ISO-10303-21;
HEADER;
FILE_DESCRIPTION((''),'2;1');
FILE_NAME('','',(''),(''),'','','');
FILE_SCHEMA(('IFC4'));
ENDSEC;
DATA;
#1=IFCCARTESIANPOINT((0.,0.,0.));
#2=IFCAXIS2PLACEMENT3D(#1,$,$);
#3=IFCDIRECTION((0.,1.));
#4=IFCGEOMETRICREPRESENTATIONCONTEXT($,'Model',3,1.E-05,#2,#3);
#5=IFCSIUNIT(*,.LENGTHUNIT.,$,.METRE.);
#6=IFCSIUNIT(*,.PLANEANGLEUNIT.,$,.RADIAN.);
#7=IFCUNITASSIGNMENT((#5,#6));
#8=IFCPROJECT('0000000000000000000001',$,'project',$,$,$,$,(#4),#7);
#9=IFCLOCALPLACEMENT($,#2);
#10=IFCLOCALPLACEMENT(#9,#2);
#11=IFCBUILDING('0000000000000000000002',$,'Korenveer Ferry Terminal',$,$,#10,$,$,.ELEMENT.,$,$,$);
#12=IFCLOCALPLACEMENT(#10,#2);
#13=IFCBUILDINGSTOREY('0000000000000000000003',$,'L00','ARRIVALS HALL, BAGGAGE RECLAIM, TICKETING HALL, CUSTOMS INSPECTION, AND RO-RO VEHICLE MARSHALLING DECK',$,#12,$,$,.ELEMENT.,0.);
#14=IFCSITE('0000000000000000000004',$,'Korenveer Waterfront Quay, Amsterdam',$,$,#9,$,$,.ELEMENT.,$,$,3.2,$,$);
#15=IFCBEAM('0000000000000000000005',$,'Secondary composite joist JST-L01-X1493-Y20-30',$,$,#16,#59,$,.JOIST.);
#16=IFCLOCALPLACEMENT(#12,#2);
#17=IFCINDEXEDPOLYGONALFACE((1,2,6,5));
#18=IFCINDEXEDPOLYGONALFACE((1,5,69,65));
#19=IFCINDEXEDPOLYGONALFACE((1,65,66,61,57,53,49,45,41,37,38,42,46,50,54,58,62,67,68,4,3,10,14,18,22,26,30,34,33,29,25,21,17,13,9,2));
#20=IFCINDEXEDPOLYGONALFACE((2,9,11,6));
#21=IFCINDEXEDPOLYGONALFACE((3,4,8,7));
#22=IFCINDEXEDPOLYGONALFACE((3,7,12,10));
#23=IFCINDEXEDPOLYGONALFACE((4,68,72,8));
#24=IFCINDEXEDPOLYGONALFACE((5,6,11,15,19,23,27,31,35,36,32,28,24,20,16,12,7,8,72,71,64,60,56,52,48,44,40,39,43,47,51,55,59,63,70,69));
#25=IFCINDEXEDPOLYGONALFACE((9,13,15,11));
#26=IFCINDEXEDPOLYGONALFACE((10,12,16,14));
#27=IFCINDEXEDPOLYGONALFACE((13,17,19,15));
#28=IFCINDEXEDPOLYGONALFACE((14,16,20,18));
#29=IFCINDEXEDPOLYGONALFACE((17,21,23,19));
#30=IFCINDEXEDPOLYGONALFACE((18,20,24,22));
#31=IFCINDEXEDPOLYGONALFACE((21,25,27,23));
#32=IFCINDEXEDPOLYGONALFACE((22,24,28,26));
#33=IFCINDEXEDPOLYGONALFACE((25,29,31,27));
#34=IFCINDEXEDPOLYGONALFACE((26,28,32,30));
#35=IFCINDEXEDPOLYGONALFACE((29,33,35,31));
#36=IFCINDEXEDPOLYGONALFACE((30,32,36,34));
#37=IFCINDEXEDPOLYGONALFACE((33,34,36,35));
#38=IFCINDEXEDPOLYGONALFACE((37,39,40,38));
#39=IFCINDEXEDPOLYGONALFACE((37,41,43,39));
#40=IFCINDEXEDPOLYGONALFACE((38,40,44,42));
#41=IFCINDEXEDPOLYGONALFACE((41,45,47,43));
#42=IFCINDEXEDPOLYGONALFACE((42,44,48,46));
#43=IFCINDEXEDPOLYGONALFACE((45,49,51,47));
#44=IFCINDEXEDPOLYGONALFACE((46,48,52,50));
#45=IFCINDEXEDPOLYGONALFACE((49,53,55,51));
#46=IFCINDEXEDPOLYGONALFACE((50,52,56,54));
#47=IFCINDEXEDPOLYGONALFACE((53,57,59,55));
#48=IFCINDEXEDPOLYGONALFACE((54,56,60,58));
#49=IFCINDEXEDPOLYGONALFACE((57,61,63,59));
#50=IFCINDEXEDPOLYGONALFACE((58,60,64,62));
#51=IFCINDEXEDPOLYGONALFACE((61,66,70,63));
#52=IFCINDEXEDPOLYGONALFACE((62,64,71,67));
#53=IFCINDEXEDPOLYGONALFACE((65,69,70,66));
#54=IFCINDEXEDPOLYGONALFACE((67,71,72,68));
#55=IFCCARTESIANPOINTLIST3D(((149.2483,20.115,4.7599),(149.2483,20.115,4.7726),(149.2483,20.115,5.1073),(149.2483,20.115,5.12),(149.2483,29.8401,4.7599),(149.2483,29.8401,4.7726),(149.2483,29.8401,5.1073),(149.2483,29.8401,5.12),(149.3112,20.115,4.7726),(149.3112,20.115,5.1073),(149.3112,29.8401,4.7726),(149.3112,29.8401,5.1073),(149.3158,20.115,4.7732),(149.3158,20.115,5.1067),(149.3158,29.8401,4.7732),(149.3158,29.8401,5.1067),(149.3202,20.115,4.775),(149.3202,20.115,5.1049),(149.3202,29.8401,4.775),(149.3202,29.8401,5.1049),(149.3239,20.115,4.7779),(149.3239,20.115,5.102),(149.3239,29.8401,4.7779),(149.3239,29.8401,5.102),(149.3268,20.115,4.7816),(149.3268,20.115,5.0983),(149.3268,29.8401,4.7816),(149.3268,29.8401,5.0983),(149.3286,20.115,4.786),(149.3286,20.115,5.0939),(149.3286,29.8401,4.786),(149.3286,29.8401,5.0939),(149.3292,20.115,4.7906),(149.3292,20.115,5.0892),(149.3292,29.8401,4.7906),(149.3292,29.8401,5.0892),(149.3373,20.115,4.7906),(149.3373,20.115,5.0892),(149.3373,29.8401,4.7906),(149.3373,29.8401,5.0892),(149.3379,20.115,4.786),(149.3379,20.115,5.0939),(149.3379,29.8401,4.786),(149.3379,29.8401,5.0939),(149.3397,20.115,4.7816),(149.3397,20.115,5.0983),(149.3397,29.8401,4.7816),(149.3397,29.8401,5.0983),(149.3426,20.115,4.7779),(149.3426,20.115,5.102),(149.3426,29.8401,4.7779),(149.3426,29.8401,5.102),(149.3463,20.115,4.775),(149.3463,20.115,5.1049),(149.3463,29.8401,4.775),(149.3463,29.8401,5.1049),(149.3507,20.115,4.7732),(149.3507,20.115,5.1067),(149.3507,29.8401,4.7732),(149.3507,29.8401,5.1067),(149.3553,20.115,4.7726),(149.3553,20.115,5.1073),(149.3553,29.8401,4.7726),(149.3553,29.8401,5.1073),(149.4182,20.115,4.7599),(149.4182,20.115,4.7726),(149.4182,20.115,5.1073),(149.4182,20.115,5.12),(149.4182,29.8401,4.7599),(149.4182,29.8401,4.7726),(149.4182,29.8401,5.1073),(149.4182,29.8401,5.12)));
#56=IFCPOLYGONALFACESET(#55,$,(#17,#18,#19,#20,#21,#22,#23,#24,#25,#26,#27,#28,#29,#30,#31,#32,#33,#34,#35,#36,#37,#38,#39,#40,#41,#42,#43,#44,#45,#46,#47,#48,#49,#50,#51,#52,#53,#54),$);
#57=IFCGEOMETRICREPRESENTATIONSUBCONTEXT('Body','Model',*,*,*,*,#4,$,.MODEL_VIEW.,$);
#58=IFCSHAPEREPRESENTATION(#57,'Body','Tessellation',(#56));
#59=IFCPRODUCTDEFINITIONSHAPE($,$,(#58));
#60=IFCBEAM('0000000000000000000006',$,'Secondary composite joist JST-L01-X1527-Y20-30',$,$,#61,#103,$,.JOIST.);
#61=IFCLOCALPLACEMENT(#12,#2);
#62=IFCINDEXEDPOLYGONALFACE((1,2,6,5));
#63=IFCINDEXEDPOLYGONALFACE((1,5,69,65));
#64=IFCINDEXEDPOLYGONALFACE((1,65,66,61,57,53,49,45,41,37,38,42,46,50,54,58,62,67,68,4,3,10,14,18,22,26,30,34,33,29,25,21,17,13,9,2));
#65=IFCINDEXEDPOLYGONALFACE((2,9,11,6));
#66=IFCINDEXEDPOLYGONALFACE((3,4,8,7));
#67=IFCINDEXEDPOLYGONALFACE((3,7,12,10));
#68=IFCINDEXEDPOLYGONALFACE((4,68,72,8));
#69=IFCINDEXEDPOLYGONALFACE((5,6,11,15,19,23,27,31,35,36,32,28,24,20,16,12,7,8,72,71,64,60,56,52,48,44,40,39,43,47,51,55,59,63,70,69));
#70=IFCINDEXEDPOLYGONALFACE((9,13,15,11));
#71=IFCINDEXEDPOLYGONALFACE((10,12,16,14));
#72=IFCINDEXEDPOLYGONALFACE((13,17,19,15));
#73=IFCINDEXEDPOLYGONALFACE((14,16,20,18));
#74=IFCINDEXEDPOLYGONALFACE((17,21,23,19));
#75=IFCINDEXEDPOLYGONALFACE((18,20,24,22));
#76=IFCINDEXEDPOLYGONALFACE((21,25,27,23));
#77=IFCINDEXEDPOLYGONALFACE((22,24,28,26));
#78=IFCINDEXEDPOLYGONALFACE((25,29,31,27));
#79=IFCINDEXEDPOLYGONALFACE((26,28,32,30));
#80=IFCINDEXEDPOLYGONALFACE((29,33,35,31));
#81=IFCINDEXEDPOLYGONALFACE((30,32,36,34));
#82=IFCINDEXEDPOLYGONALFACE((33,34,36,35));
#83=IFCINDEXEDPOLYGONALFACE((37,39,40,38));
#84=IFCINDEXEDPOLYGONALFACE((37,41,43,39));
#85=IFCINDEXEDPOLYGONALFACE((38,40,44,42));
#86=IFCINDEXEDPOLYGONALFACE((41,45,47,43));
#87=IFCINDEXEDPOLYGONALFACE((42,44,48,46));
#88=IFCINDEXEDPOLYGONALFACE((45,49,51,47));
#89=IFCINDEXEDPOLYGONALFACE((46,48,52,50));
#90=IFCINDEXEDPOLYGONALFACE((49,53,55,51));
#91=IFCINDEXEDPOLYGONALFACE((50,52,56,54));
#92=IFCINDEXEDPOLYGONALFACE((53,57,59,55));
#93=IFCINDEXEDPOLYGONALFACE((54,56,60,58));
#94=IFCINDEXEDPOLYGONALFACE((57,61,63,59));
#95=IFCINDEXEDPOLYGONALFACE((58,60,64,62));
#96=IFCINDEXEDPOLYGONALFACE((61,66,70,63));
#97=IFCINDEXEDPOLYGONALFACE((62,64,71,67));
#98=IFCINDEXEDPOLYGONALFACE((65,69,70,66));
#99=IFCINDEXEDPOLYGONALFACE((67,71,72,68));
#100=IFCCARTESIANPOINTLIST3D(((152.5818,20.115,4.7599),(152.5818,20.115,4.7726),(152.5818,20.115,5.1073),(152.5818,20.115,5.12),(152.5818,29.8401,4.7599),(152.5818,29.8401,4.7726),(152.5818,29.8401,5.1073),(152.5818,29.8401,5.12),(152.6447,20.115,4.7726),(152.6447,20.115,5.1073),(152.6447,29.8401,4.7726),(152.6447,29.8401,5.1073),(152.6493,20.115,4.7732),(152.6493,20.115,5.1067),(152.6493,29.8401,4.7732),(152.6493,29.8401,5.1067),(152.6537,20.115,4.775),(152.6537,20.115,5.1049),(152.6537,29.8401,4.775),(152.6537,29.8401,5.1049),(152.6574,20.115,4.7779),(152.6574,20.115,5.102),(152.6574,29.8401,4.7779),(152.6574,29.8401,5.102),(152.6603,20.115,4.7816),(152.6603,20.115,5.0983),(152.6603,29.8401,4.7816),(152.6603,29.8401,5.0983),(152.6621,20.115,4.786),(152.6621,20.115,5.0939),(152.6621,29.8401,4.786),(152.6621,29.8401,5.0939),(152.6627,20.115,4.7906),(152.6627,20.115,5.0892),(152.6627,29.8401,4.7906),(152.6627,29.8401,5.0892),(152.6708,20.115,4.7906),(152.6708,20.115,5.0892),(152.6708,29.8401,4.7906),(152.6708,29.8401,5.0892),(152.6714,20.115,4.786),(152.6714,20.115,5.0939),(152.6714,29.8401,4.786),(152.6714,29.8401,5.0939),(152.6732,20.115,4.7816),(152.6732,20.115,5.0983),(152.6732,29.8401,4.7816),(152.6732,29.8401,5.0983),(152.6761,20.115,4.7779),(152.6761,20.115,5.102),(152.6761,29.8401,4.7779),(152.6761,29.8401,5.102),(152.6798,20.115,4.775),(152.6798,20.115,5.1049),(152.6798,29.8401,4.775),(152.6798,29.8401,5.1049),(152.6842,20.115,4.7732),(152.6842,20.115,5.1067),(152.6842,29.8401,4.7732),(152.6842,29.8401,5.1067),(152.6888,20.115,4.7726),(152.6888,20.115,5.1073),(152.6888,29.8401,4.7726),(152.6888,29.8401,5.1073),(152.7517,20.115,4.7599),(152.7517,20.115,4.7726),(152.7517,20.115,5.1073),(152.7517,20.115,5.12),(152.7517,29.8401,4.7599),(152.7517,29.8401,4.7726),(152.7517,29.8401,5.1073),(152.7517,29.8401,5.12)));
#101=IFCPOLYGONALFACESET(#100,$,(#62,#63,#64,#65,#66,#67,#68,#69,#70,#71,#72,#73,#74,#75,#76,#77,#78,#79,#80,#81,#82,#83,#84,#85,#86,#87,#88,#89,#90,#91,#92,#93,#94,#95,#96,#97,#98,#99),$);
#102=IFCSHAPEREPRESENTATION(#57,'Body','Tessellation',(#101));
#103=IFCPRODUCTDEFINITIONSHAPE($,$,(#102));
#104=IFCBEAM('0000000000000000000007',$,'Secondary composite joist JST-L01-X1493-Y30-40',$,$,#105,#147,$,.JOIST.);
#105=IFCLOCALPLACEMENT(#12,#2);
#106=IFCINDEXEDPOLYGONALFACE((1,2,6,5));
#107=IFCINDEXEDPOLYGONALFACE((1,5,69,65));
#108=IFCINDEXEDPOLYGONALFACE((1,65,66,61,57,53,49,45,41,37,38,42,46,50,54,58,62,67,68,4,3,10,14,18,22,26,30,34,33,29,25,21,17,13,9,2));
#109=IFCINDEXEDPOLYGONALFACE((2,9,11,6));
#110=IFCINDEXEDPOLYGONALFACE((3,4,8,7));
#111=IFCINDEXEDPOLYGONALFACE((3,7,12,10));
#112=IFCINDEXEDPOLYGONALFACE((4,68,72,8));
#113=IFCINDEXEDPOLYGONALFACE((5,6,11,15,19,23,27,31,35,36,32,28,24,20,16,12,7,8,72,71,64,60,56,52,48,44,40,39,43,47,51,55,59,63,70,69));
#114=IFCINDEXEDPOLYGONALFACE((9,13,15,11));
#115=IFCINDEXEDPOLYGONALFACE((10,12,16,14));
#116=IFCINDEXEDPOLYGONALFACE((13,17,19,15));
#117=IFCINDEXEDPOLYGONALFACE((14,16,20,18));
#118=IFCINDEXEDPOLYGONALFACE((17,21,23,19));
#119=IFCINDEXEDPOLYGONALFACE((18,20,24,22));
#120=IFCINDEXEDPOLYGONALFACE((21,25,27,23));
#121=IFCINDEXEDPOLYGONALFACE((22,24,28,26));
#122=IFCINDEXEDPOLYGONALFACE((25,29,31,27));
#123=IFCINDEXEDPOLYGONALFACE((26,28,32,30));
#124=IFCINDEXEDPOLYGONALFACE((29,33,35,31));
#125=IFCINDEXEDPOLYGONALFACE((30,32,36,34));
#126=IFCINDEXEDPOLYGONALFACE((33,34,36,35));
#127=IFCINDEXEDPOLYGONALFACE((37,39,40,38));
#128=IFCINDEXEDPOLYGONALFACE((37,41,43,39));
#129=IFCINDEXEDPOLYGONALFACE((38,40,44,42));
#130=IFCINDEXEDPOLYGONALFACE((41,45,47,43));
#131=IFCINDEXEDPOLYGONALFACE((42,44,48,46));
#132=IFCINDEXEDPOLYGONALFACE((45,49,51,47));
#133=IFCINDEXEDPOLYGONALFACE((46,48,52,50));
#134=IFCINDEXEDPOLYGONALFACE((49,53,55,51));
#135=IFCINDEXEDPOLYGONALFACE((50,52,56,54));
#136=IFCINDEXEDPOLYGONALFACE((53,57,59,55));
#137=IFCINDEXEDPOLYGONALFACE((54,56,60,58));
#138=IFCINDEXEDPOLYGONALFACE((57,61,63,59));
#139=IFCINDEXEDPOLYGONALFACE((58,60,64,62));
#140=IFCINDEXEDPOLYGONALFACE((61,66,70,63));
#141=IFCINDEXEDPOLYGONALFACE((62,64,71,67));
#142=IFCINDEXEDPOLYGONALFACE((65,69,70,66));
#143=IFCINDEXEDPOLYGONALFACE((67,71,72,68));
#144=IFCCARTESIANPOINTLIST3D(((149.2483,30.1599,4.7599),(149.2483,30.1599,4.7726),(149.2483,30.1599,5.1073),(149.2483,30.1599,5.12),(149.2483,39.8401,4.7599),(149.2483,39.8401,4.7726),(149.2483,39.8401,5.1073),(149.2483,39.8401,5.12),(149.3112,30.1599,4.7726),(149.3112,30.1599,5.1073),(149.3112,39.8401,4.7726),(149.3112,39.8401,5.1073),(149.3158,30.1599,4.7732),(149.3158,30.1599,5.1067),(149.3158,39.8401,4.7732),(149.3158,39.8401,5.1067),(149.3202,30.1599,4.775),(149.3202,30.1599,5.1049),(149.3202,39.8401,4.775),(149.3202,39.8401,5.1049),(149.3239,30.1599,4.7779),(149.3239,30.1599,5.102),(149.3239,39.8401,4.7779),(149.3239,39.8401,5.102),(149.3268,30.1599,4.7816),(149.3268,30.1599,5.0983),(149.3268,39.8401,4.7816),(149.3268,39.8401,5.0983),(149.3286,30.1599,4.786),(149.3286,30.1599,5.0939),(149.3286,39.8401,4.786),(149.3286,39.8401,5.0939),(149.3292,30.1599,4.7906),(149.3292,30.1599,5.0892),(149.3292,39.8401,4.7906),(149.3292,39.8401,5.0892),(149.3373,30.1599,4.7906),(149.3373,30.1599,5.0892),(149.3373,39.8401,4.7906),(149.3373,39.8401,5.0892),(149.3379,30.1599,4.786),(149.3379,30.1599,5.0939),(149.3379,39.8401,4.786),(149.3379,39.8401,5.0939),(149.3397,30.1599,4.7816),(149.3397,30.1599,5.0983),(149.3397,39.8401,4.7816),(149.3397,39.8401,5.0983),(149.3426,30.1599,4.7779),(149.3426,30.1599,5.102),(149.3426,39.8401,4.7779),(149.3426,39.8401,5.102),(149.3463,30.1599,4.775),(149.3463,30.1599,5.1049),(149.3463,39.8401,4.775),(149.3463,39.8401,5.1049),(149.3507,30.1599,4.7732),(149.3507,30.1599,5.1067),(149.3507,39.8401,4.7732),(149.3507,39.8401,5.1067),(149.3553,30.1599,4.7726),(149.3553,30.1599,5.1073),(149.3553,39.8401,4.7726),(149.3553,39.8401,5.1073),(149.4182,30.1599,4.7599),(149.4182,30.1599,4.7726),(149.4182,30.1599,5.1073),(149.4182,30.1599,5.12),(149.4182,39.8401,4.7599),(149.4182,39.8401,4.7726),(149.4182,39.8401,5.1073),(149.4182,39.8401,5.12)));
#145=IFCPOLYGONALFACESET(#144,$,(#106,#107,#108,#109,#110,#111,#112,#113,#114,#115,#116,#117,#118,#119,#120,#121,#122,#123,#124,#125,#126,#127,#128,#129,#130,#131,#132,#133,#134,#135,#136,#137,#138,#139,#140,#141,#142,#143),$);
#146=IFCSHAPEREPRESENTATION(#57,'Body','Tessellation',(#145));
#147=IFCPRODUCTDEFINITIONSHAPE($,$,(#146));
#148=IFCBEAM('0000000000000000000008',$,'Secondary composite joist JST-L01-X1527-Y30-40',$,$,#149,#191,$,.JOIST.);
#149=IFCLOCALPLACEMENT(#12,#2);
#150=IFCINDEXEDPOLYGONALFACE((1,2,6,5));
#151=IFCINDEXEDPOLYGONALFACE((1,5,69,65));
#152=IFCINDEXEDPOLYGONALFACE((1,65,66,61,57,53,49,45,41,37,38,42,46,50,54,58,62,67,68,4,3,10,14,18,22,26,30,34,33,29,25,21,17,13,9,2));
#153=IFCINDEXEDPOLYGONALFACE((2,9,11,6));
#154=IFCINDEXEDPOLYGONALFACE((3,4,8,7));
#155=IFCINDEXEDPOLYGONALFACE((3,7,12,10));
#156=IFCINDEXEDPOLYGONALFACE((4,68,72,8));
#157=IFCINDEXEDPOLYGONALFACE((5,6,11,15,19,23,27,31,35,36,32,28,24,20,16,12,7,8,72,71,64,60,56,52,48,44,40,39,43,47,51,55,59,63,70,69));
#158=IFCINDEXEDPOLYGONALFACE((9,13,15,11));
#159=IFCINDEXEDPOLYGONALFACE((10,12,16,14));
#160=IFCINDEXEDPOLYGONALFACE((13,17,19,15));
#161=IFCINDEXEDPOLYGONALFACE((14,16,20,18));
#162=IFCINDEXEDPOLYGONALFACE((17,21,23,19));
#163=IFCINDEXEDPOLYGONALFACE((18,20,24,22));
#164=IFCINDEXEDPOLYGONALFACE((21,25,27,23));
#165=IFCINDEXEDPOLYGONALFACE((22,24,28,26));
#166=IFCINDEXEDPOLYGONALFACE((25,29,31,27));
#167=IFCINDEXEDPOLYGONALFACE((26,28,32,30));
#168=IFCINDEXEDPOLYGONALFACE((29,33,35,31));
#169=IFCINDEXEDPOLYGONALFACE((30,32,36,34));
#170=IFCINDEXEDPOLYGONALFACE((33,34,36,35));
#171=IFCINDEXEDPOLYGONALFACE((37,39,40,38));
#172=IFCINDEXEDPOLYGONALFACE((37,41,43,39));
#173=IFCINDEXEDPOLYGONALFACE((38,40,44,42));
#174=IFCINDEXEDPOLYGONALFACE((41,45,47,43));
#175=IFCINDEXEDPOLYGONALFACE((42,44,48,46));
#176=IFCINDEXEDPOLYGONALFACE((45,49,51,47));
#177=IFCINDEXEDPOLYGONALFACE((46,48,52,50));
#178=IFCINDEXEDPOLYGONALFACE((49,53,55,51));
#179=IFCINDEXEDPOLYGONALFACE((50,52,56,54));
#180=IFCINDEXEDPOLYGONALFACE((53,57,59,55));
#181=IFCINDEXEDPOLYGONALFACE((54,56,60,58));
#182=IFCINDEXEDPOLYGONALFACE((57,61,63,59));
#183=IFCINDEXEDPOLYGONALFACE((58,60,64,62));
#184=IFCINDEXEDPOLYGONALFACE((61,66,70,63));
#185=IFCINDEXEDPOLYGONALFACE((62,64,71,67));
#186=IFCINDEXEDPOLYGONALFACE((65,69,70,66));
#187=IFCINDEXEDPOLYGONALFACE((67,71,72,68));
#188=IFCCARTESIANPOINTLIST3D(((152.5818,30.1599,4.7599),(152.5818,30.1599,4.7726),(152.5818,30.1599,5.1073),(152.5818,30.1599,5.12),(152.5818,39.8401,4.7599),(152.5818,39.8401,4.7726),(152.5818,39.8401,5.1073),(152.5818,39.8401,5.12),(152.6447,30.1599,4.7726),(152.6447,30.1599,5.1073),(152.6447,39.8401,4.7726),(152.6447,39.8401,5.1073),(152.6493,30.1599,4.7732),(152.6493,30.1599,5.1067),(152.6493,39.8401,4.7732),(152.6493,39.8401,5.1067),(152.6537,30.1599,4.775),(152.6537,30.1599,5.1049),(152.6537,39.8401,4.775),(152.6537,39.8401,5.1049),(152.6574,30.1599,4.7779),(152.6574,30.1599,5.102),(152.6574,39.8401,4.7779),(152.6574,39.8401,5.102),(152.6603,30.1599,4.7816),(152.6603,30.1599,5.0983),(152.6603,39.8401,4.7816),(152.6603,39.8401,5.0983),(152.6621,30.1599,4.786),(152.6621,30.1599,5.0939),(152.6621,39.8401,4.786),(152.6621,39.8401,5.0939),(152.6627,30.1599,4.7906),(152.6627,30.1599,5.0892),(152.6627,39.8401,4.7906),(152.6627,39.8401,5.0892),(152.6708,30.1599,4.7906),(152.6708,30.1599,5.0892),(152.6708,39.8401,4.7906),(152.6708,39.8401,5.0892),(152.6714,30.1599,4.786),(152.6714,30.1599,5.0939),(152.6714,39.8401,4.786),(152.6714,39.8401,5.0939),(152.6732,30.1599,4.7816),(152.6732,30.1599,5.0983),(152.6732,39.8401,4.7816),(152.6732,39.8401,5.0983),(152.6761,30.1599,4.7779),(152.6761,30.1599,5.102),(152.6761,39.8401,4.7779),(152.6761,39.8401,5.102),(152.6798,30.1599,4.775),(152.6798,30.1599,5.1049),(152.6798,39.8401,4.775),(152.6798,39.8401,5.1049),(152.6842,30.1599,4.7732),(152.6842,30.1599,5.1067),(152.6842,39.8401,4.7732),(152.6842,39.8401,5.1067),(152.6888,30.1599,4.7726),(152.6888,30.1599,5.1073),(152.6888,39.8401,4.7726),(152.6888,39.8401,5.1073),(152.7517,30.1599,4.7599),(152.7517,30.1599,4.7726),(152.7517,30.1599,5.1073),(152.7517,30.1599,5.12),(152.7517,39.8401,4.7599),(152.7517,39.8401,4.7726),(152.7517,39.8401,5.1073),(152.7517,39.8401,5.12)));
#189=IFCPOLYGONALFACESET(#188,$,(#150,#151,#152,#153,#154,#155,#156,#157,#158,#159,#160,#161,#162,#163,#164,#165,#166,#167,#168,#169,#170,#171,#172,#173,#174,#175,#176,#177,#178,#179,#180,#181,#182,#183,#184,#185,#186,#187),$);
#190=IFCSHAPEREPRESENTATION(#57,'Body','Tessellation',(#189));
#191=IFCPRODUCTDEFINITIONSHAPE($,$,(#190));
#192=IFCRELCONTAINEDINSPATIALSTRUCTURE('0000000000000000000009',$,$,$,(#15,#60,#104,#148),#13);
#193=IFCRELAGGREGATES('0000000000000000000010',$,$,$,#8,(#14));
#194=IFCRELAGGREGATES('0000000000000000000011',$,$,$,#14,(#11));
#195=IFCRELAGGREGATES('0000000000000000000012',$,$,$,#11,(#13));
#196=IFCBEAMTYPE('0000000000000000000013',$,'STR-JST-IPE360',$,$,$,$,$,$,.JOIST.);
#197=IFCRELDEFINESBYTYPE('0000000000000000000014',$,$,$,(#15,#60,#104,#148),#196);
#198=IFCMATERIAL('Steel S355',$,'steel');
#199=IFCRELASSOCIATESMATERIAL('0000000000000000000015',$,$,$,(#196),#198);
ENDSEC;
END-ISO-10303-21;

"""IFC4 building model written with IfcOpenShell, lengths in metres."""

from ifc_helpers import new_model, si_unit, direction, frame, origin, origin_2d, place, context, subcontext, project, spatial, i_section, extrude, material, material_profile, profile_set, type_object, element, save


model = new_model("IFC4")

# Units and contexts
model_context = context("Model", 3, precision=1e-05, world=origin(), true_north=direction((0.0, 1.0)))
body_context = subcontext(model_context, "Body", "Model", "MODEL_VIEW")
ifc_project = project(units=[si_unit("LENGTHUNIT", "METRE"), si_unit("PLANEANGLEUNIT", "RADIAN")], contexts=[model_context])

# Site, building, storey
site_placement = place(None, origin())
site = spatial("IfcSite", under=ifc_project, at=site_placement, Name="Korenveer Waterfront Quay, Amsterdam", CompositionType="ELEMENT", RefElevation=3.2)
building_placement = place(site_placement, origin())
building = spatial("IfcBuilding", under=site, at=building_placement, Name="Korenveer Ferry Terminal", CompositionType="ELEMENT")
storey_placement = place(building_placement, origin())
storey = spatial("IfcBuildingStorey", under=building, at=storey_placement, Name="L00", Description="ARRIVALS HALL, BAGGAGE RECLAIM, TICKETING HALL, CUSTOMS INSPECTION, AND RO-RO VEHICLE MARSHALLING DECK", CompositionType="ELEMENT", Elevation=0.0)

# Beams
ifc_material_1 = material(Name="Steel S355", Category="steel")
ifc_material_profile_1 = material_profile(ifc_material_1, i_section(OverallWidth=0.1699, OverallDepth=0.3601, WebThickness=0.0081, FlangeThickness=0.0127, FilletRadius=0.0181, at=origin_2d()), Name="IPE 360")
ifc_profile_set_1 = profile_set([ifc_material_profile_1], Name="Steel S355")
beam_type_1 = type_object("IfcBeamType", Name="STR-JST-IPE360", PredefinedType="JOIST", material=ifc_profile_set_1)
for number, where, z_axis, x_axis, name in (
    (1, (149.3333, 20.115, 4.9399), (0.0, 1.0, 0.0), (-1.0, 0.0, 0.0), "Secondary composite joist JST-L01-X1493-Y20-30"),
    (2, (152.6667, 20.115, 4.9399), (0.0, 1.0, 0.0), (-1.0, 0.0, 0.0), "Secondary composite joist JST-L01-X1527-Y20-30"),
):
    element("IfcBeam", number, at=place(storey_placement, frame(where, z_axis=z_axis, x_axis=x_axis)), inside=storey, type_object=beam_type_1, Name=name, PredefinedType="JOIST", context=body_context, shape_type="SweptSolid", body=[
        extrude(i_section(OverallWidth=0.1699, OverallDepth=0.3601, WebThickness=0.0081, FlangeThickness=0.0127, FilletRadius=0.0181, at=origin_2d()), origin(), (0.0, 0.0, 1.0), 9.7251),
    ])
for number, where, z_axis, x_axis, name in (
    (3, (149.3333, 30.1599, 4.9399), (0.0, 1.0, 0.0), (-1.0, 0.0, 0.0), "Secondary composite joist JST-L01-X1493-Y30-40"),
    (4, (152.6667, 30.1599, 4.9399), (0.0, 1.0, 0.0), (-1.0, 0.0, 0.0), "Secondary composite joist JST-L01-X1527-Y30-40"),
):
    element("IfcBeam", number, at=place(storey_placement, frame(where, z_axis=z_axis, x_axis=x_axis)), inside=storey, type_object=beam_type_1, Name=name, PredefinedType="JOIST", context=body_context, shape_type="SweptSolid", body=[
        extrude(i_section(OverallWidth=0.1699, OverallDepth=0.3601, WebThickness=0.0081, FlangeThickness=0.0127, FilletRadius=0.0181, at=origin_2d()), origin(), (0.0, 0.0, 1.0), 9.6802),
    ])

save(model, "model.ifc")
